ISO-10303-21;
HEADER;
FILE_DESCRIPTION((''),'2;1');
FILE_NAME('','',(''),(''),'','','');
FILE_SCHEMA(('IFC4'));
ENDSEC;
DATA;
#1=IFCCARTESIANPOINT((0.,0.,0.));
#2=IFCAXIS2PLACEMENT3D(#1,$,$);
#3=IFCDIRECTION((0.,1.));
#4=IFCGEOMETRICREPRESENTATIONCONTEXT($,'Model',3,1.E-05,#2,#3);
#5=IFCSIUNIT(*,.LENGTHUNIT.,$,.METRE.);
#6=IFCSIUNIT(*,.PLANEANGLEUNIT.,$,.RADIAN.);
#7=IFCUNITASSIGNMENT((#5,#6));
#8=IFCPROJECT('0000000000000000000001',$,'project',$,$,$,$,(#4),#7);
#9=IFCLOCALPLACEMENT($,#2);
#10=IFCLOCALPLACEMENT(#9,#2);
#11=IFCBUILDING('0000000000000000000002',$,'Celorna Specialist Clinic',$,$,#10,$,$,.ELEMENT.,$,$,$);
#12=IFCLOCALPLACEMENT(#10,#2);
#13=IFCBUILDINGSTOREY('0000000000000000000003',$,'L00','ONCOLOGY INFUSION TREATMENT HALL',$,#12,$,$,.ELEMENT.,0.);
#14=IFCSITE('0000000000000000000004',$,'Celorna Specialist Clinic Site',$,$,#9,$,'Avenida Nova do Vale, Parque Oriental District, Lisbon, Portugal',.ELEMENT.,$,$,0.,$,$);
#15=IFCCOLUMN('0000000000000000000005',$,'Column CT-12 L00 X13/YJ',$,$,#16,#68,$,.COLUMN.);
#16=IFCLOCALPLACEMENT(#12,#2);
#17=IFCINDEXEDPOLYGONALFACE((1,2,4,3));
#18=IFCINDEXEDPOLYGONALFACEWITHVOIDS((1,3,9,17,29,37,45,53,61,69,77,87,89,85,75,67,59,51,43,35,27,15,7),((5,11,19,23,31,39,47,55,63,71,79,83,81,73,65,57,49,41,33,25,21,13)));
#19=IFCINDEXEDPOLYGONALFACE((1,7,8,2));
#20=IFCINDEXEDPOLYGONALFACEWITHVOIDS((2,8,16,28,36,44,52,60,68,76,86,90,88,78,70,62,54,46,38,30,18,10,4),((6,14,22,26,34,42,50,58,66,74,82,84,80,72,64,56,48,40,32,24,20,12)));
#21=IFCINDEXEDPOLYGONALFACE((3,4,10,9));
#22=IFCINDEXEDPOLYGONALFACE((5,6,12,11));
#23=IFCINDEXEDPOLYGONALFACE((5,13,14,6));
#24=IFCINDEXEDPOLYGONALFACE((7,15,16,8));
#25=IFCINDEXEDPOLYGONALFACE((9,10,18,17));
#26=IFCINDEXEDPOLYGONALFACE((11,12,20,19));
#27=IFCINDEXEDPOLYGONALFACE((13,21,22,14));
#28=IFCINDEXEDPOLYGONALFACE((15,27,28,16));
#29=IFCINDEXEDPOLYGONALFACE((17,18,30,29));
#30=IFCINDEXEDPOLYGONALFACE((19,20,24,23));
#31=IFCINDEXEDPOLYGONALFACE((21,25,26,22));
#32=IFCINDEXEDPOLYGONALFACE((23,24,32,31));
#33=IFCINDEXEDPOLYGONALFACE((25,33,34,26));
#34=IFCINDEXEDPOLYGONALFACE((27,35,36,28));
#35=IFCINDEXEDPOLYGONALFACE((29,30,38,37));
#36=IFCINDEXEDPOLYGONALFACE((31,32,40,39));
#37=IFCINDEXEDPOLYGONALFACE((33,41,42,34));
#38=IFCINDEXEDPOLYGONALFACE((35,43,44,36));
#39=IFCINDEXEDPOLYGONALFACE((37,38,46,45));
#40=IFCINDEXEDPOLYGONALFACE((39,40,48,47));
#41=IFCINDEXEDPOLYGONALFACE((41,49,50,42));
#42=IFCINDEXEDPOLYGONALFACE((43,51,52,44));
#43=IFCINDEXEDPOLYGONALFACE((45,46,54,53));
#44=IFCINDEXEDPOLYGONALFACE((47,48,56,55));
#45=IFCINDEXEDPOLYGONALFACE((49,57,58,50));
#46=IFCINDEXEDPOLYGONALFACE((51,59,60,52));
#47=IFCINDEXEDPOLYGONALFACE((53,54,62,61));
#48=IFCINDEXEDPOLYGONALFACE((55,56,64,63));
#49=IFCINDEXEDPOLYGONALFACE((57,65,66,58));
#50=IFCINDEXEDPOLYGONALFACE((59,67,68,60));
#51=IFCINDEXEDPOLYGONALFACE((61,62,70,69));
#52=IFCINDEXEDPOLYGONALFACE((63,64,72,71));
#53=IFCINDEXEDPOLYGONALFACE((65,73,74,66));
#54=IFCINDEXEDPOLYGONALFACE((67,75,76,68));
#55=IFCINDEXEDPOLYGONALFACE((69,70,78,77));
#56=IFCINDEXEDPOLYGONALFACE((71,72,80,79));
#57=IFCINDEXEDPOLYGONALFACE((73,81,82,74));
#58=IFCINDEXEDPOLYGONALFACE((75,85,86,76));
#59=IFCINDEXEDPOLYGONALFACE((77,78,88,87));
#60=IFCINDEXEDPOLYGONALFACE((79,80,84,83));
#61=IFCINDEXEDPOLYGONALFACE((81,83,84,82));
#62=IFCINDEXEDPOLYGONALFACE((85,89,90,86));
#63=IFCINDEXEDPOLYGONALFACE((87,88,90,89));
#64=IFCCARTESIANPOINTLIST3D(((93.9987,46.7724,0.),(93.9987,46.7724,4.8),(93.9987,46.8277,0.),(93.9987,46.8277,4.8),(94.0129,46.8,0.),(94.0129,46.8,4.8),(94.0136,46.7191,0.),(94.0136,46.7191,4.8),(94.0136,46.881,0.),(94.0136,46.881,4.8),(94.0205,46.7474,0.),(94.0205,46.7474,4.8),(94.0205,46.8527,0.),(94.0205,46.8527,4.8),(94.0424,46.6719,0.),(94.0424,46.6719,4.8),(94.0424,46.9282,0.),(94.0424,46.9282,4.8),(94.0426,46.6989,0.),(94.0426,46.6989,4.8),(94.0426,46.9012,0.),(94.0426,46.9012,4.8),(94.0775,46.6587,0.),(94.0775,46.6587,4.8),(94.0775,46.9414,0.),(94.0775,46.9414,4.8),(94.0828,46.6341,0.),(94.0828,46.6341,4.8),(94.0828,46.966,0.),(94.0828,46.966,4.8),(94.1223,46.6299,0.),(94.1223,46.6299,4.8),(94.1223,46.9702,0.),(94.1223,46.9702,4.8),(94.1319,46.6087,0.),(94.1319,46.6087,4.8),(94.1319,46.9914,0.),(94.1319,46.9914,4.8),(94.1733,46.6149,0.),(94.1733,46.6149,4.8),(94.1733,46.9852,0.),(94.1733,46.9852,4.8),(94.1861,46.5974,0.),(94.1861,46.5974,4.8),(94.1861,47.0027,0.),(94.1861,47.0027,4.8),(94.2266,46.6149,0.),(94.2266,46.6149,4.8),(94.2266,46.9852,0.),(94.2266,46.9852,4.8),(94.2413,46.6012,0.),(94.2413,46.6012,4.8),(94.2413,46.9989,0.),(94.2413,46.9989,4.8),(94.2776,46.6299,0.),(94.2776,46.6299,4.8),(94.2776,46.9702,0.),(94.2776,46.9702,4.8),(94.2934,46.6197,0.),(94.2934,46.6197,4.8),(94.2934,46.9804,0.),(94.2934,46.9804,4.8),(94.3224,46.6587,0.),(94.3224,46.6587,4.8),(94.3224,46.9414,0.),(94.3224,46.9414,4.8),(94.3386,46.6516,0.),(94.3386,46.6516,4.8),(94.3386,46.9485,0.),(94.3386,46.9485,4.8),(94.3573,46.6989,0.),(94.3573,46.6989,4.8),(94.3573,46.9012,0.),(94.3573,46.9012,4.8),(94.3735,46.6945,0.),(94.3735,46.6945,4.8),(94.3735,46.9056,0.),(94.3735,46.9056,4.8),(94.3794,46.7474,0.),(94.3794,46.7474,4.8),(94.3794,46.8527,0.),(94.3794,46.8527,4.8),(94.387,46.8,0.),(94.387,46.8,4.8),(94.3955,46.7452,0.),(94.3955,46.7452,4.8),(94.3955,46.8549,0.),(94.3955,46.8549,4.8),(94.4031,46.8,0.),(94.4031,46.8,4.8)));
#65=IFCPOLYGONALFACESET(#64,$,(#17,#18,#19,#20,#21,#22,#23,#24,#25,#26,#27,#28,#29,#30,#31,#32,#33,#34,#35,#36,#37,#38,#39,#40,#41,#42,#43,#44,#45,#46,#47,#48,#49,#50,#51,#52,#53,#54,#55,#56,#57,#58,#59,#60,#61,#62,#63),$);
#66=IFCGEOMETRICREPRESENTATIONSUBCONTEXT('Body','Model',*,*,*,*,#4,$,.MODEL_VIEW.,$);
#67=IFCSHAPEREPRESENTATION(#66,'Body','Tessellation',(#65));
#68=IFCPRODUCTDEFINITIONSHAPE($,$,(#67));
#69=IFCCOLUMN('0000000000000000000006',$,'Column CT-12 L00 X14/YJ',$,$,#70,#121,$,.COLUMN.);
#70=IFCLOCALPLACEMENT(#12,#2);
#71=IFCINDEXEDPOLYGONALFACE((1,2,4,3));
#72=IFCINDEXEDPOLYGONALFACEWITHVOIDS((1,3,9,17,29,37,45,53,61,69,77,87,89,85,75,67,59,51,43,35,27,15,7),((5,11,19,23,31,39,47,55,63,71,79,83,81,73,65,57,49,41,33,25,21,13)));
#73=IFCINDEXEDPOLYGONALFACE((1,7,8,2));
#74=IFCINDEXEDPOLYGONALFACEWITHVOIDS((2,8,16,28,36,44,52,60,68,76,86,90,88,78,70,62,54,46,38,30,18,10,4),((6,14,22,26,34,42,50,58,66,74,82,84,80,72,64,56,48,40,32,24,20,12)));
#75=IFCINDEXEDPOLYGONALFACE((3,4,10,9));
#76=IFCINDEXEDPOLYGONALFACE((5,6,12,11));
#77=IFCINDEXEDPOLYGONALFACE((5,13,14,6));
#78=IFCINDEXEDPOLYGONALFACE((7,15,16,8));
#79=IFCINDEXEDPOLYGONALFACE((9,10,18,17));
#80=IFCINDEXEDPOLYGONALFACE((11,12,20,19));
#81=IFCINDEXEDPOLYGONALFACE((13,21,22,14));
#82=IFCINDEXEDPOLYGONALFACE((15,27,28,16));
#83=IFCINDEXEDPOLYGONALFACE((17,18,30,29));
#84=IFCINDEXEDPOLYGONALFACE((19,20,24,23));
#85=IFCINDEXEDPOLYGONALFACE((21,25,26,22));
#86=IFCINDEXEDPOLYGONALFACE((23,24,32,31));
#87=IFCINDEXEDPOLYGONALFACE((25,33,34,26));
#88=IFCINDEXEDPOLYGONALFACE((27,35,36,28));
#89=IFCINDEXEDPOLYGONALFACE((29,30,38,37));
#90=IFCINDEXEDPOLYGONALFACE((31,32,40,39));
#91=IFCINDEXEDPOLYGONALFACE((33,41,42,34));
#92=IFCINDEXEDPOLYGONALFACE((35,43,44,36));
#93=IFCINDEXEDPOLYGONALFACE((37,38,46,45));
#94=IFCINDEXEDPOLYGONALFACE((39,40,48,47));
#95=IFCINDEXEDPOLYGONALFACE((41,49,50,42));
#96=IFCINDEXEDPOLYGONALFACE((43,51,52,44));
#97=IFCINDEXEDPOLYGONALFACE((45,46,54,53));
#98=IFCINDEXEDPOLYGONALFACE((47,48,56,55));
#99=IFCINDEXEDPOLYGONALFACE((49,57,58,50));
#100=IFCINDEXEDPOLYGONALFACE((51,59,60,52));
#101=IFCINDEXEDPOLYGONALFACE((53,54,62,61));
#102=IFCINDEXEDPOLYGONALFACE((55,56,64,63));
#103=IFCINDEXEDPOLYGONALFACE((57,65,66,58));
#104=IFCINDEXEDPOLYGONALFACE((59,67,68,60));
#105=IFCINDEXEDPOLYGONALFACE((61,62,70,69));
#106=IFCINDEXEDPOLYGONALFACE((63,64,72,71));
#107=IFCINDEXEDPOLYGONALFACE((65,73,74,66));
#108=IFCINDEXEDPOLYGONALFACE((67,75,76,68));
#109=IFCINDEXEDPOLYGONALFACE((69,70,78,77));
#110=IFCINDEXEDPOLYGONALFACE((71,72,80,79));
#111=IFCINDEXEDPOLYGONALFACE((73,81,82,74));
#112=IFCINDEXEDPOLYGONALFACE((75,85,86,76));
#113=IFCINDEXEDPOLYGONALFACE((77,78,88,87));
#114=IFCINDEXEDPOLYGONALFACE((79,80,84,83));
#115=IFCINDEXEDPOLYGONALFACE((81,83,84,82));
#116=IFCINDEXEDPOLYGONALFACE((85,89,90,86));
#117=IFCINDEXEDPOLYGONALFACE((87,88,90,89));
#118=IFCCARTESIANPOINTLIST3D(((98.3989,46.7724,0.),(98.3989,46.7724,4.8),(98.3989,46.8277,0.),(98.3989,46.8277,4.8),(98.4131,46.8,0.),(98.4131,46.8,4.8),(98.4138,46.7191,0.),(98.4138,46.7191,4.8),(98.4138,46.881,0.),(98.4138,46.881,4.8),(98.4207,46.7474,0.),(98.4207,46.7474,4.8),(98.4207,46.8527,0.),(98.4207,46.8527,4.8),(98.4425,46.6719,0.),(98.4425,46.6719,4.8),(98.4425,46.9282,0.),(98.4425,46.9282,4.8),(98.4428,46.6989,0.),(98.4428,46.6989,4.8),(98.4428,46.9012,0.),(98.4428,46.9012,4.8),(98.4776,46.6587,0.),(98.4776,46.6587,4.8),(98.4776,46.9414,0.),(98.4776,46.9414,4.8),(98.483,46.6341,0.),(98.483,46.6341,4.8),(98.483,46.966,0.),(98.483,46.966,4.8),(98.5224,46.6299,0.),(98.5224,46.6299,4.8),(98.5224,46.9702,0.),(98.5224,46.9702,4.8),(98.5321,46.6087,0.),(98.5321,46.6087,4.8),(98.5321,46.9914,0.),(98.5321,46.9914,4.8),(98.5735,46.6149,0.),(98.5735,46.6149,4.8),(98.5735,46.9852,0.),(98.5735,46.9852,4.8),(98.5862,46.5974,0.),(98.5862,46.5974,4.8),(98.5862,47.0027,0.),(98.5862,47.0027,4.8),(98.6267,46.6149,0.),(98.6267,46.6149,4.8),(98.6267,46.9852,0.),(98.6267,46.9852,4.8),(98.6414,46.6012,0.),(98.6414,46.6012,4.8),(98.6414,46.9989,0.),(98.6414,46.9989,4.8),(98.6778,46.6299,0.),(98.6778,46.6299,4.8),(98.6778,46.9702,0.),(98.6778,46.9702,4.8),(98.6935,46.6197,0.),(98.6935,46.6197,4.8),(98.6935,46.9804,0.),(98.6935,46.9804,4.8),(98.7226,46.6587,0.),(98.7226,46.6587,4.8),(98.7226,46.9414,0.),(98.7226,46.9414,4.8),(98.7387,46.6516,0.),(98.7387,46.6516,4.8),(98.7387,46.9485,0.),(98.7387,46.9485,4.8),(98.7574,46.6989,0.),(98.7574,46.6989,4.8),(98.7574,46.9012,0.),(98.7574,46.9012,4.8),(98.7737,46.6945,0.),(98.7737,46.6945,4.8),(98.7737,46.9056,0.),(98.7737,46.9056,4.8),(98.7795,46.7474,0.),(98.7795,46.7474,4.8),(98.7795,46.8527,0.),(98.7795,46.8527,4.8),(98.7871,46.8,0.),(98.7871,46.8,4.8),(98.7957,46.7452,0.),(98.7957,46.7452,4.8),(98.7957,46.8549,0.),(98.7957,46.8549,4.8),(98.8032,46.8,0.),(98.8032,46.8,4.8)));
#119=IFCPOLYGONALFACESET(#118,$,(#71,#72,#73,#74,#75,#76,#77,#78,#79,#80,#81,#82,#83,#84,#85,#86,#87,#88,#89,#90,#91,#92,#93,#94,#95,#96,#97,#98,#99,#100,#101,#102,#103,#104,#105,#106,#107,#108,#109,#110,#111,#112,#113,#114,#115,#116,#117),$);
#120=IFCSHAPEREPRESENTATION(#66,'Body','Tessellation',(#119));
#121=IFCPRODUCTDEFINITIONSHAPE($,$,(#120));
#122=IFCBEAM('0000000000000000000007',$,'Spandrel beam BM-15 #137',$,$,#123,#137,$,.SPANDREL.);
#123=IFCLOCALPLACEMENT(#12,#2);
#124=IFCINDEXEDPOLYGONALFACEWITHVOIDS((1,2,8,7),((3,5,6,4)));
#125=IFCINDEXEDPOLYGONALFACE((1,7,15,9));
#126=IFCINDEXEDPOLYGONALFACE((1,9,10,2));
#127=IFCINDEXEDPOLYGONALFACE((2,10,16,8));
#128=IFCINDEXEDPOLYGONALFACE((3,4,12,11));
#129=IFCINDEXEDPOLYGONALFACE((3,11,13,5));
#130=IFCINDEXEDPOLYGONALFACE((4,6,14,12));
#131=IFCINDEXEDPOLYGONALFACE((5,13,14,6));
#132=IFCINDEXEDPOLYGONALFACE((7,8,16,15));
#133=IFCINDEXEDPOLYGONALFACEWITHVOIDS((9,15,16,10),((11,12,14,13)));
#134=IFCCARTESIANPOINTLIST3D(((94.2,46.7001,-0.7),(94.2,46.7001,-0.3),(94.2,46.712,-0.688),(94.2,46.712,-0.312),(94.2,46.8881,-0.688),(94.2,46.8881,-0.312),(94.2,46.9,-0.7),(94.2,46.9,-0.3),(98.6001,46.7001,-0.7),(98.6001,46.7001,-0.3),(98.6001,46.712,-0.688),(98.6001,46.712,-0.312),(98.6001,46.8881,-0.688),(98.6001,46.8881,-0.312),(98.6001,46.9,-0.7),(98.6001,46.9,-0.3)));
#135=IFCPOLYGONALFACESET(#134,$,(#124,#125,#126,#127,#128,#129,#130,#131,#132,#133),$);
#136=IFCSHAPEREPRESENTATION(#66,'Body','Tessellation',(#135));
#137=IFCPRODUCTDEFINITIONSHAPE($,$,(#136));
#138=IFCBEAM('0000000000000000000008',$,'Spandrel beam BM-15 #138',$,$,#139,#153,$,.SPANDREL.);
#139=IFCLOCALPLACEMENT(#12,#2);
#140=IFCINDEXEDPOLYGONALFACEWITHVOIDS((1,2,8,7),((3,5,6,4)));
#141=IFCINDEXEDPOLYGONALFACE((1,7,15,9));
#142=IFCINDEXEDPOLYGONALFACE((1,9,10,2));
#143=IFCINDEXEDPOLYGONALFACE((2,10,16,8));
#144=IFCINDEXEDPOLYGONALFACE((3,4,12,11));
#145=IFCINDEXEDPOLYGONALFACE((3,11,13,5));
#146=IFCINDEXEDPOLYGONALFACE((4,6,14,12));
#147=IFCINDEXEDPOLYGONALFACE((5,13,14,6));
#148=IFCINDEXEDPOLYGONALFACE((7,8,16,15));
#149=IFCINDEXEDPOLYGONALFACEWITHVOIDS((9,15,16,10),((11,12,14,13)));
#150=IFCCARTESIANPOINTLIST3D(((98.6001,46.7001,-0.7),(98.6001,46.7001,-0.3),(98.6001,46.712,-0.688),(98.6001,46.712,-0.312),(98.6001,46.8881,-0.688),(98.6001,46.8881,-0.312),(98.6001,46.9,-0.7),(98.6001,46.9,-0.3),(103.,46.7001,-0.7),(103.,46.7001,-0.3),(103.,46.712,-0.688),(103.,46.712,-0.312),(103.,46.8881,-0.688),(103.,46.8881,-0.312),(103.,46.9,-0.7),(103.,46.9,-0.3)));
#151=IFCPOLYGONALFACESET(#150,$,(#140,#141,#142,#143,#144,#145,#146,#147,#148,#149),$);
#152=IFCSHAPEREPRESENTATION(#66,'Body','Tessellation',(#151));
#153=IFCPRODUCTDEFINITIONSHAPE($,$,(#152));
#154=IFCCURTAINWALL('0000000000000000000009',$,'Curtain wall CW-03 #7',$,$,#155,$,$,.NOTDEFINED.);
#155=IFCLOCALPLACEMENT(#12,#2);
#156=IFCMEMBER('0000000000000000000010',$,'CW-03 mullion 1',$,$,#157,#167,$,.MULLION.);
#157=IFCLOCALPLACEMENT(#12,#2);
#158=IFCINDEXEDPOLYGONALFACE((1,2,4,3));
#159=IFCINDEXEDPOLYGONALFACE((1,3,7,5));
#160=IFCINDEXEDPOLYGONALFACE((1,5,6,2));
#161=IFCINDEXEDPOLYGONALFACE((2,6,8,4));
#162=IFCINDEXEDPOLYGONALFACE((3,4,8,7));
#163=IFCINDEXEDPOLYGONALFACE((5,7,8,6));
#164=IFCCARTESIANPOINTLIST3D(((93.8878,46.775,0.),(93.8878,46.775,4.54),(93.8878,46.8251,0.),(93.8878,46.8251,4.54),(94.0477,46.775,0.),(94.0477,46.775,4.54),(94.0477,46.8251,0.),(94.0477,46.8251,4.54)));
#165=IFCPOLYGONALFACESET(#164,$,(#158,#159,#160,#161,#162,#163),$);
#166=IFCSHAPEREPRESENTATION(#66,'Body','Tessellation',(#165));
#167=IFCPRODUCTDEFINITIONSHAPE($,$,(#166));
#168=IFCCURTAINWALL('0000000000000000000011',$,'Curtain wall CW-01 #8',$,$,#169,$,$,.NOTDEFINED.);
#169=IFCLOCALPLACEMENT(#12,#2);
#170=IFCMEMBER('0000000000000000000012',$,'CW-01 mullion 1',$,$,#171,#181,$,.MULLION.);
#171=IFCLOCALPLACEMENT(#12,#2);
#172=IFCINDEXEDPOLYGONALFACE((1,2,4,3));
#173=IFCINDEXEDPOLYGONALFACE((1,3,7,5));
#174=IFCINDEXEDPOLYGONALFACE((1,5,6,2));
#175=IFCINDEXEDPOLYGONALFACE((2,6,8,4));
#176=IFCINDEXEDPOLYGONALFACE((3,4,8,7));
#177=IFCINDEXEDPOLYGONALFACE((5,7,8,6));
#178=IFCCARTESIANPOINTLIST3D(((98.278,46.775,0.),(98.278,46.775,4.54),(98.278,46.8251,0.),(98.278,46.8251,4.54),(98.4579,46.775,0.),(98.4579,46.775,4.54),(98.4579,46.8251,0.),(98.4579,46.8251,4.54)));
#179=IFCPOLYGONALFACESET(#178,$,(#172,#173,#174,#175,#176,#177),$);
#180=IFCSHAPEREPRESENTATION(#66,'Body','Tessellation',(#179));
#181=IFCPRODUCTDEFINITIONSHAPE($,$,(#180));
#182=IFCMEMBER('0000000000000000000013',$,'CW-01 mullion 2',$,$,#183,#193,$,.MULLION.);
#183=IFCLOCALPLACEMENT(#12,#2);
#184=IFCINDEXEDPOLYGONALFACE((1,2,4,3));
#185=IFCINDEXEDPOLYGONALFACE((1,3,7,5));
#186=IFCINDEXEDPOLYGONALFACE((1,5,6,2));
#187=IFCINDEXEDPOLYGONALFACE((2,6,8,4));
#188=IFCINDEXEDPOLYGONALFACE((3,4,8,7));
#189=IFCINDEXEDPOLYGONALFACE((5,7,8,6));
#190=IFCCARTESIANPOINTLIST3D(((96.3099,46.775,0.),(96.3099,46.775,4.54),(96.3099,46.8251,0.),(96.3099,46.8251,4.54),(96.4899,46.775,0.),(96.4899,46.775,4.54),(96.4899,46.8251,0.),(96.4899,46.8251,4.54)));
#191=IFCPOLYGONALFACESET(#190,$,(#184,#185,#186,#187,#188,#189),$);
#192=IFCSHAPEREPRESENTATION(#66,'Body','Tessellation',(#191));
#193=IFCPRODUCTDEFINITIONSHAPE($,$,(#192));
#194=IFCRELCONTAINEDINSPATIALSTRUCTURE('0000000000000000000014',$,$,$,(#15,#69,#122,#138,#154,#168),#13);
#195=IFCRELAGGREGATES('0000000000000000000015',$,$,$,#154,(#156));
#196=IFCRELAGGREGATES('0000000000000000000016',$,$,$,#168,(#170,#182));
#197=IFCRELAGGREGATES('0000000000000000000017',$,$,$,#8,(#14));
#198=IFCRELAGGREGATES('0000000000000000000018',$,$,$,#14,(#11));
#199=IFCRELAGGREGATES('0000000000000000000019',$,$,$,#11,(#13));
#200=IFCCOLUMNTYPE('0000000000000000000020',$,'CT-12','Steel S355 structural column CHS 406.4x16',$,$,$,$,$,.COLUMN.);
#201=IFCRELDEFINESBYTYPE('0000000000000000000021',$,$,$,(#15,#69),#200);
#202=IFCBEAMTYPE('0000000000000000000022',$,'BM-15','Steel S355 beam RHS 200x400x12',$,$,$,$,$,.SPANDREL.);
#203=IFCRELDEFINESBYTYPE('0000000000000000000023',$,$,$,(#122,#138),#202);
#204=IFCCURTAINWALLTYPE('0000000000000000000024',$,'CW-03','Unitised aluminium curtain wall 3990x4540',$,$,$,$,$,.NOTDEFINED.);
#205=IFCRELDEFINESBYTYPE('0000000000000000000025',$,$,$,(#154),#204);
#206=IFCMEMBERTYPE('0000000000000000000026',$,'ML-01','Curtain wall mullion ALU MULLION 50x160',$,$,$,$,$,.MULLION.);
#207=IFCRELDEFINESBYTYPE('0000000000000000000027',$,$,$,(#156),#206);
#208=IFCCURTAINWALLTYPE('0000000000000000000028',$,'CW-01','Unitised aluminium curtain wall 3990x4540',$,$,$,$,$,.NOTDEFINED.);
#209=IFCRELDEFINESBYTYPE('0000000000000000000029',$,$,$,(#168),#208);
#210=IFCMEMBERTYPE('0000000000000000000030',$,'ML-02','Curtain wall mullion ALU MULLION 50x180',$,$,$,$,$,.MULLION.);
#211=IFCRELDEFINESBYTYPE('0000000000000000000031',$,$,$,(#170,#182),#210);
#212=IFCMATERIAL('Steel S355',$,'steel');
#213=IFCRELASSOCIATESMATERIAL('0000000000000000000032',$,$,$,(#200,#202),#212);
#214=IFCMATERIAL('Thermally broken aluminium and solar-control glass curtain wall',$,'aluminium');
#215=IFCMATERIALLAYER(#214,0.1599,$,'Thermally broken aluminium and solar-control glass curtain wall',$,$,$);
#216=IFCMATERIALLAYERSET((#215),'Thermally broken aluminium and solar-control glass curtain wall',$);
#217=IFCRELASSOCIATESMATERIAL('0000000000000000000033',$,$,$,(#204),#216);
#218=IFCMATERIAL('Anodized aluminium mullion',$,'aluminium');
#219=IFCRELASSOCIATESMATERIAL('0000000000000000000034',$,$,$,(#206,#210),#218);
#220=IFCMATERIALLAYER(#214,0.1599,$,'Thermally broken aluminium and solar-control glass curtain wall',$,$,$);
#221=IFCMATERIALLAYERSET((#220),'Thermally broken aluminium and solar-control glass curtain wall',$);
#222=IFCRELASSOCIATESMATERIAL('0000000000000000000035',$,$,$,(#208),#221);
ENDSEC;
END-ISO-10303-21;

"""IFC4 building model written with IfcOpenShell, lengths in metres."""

from ifc_helpers import new_model, si_unit, direction, frame, origin, origin_2d, place, context, subcontext, project, spatial, rectangle, hollow_rectangle, hollow_circle, extrude, material, layer, layer_set, material_profile, profile_set, type_object, element, aggregate, save


model = new_model("IFC4")

# Units and contexts
model_context = context("Model", 3, precision=1e-05, world=origin(), true_north=direction((0.0, 1.0)))
body_context = subcontext(model_context, "Body", "Model", "MODEL_VIEW")
ifc_project = project(units=[si_unit("LENGTHUNIT", "METRE"), si_unit("PLANEANGLEUNIT", "RADIAN")], contexts=[model_context])

# Site, building, storey
site_placement = place(None, origin())
site = spatial("IfcSite", under=ifc_project, at=site_placement, Name="Celorna Specialist Clinic Site", LongName="Avenida Nova do Vale, Parque Oriental District, Lisbon, Portugal", CompositionType="ELEMENT", RefElevation=0.0)
building_placement = place(site_placement, origin())
building = spatial("IfcBuilding", under=site, at=building_placement, Name="Celorna Specialist Clinic", CompositionType="ELEMENT")
storey_placement = place(building_placement, origin())
storey = spatial("IfcBuildingStorey", under=building, at=storey_placement, Name="L00", Description="ONCOLOGY INFUSION TREATMENT HALL", CompositionType="ELEMENT", Elevation=0.0)

# Columns
ifc_material_1 = material(Name="Steel S355", Category="steel")
ifc_material_profile_1 = material_profile(ifc_material_1, hollow_circle(Radius=0.2031, WallThickness=0.0161, at=origin_2d()), Name="CHS 406.4x16")
ifc_profile_set_1 = profile_set([ifc_material_profile_1], Name="Steel S355")
column_type = type_object("IfcColumnType", Name="CT-12", Description="Steel S355 structural column CHS 406.4x16", PredefinedType="COLUMN", material=ifc_profile_set_1)
for number, where, z_axis, x_axis, name in (
    (1, (94.2, 46.8, 0.0), (0.0, 0.0, 1.0), (1.0, 0.0, 0.0), "Column CT-12 L00 X13/YJ"),
    (2, (98.6001, 46.8, 0.0), (0.0, 0.0, 1.0), (1.0, 0.0, 0.0), "Column CT-12 L00 X14/YJ"),
):
    element("IfcColumn", number, at=place(storey_placement, frame(where, z_axis=z_axis, x_axis=x_axis)), inside=storey, type_object=column_type, Name=name, PredefinedType="COLUMN", context=body_context, shape_type="SweptSolid", body=[
        extrude(hollow_circle(Radius=0.2031, WallThickness=0.0161, at=origin_2d()), origin(), (0.0, 0.0, 1.0), 4.8),
    ])

# Beams
ifc_material_profile_2 = material_profile(ifc_material_1, hollow_rectangle(XDim=0.2, YDim=0.3999, WallThickness=0.012, at=origin_2d()), Name="RHS 200x400x12")
ifc_profile_set_2 = profile_set([ifc_material_profile_2], Name="Steel S355")
beam_type = type_object("IfcBeamType", Name="BM-15", Description="Steel S355 beam RHS 200x400x12", PredefinedType="SPANDREL", material=ifc_profile_set_2)
beam_1_placement = place(storey_placement, frame((94.2, 46.8, -0.5), z_axis=(1.0, 0.0, 0.0), x_axis=(0.0, 1.0, 0.0)))
element("IfcBeam", 3, at=beam_1_placement, inside=storey, type_object=beam_type, Name="Spandrel beam BM-15 #137", PredefinedType="SPANDREL", context=body_context, shape_type="SweptSolid", body=[
    extrude(hollow_rectangle(XDim=0.2, YDim=0.3999, WallThickness=0.012, at=origin_2d()), origin(), (0.0, 0.0, 1.0), 4.4001),
])
beam_2_placement = place(storey_placement, frame((98.6001, 46.8, -0.5), z_axis=(1.0, 0.0, 0.0), x_axis=(0.0, 1.0, 0.0)))
element("IfcBeam", 4, at=beam_2_placement, inside=storey, type_object=beam_type, Name="Spandrel beam BM-15 #138", PredefinedType="SPANDREL", context=body_context, shape_type="SweptSolid", body=[
    extrude(hollow_rectangle(XDim=0.2, YDim=0.3999, WallThickness=0.012, at=origin_2d()), origin(), (0.0, 0.0, 1.0), 4.3999),
])

# Curtain wall, member
ifc_material_2 = material(Name="Thermally broken aluminium and solar-control glass curtain wall", Category="aluminium")
ifc_layer_1 = layer(ifc_material_2, 0.1599, Name="Thermally broken aluminium and solar-control glass curtain wall")
ifc_layer_set_1 = layer_set([ifc_layer_1], Name="Thermally broken aluminium and solar-control glass curtain wall")
curtain_wall_type_1 = type_object("IfcCurtainWallType", Name="CW-03", Description="Unitised aluminium curtain wall 3990x4540", PredefinedType="NOTDEFINED", material=ifc_layer_set_1)
curtain_wall_1_placement = place(storey_placement, origin())
curtain_wall_1 = element("IfcCurtainWall", 5, at=curtain_wall_1_placement, inside=storey, type_object=curtain_wall_type_1, Name="Curtain wall CW-03 #7", PredefinedType="NOTDEFINED")
ifc_material_3 = material(Name="Anodized aluminium mullion", Category="aluminium")
ifc_material_profile_3 = material_profile(ifc_material_3, rectangle(XDim=0.05, YDim=0.1599, at=origin_2d()), Name="ALU MULLION 50x160")
ifc_profile_set_3 = profile_set([ifc_material_profile_3], Name="Anodized aluminium mullion")
member_type_1 = type_object("IfcMemberType", Name="ML-01", Description="Curtain wall mullion ALU MULLION 50x160", PredefinedType="MULLION", material=ifc_profile_set_3)
member_1_placement = place(storey_placement, frame((93.9678, 46.8, 0.0), z_axis=(0.0, 0.0, 1.0), x_axis=(0.0, -1.0, 0.0)))
member_1 = element("IfcMember", 6, at=member_1_placement, type_object=member_type_1, Name="CW-03 mullion 1", PredefinedType="MULLION", context=body_context, shape_type="SweptSolid", body=[
    extrude(rectangle(XDim=0.05, YDim=0.1599, at=origin_2d()), origin(), (0.0, 0.0, 1.0), 4.54),
])

# Curtain wall, members
ifc_layer_2 = layer(ifc_material_2, 0.1599, Name="Thermally broken aluminium and solar-control glass curtain wall")
ifc_layer_set_2 = layer_set([ifc_layer_2], Name="Thermally broken aluminium and solar-control glass curtain wall")
curtain_wall_type_2 = type_object("IfcCurtainWallType", Name="CW-01", Description="Unitised aluminium curtain wall 3990x4540", PredefinedType="NOTDEFINED", material=ifc_layer_set_2)
curtain_wall_2_placement = place(storey_placement, origin())
curtain_wall_2 = element("IfcCurtainWall", 7, at=curtain_wall_2_placement, inside=storey, type_object=curtain_wall_type_2, Name="Curtain wall CW-01 #8", PredefinedType="NOTDEFINED")
ifc_material_profile_4 = material_profile(ifc_material_3, rectangle(XDim=0.05, YDim=0.1799, at=origin_2d()), Name="ALU MULLION 50x180")
ifc_profile_set_4 = profile_set([ifc_material_profile_4], Name="Anodized aluminium mullion")
member_type_2 = type_object("IfcMemberType", Name="ML-02", Description="Curtain wall mullion ALU MULLION 50x180", PredefinedType="MULLION", material=ifc_profile_set_4)
member_2_placement = place(storey_placement, frame((98.3679, 46.8, 0.0), z_axis=(0.0, 0.0, 1.0), x_axis=(0.0, -1.0, 0.0)))
member_2 = element("IfcMember", 8, at=member_2_placement, type_object=member_type_2, Name="CW-01 mullion 1", PredefinedType="MULLION", context=body_context, shape_type="SweptSolid", body=[
    extrude(rectangle(XDim=0.05, YDim=0.1799, at=origin_2d()), origin(), (0.0, 0.0, 1.0), 4.54),
])
member_3_placement = place(storey_placement, frame((96.3999, 46.8, 0.0), z_axis=(0.0, 0.0, 1.0), x_axis=(0.0, -1.0, 0.0)))
member_3 = element("IfcMember", 9, at=member_3_placement, type_object=member_type_2, Name="CW-01 mullion 2", PredefinedType="MULLION", context=body_context, shape_type="SweptSolid", body=[
    extrude(rectangle(XDim=0.05, YDim=0.1799, at=origin_2d()), origin(), (0.0, 0.0, 1.0), 4.54),
])

aggregate(curtain_wall_1, [member_1])

aggregate(curtain_wall_2, [member_2, member_3])

save(model, "model.ifc")
